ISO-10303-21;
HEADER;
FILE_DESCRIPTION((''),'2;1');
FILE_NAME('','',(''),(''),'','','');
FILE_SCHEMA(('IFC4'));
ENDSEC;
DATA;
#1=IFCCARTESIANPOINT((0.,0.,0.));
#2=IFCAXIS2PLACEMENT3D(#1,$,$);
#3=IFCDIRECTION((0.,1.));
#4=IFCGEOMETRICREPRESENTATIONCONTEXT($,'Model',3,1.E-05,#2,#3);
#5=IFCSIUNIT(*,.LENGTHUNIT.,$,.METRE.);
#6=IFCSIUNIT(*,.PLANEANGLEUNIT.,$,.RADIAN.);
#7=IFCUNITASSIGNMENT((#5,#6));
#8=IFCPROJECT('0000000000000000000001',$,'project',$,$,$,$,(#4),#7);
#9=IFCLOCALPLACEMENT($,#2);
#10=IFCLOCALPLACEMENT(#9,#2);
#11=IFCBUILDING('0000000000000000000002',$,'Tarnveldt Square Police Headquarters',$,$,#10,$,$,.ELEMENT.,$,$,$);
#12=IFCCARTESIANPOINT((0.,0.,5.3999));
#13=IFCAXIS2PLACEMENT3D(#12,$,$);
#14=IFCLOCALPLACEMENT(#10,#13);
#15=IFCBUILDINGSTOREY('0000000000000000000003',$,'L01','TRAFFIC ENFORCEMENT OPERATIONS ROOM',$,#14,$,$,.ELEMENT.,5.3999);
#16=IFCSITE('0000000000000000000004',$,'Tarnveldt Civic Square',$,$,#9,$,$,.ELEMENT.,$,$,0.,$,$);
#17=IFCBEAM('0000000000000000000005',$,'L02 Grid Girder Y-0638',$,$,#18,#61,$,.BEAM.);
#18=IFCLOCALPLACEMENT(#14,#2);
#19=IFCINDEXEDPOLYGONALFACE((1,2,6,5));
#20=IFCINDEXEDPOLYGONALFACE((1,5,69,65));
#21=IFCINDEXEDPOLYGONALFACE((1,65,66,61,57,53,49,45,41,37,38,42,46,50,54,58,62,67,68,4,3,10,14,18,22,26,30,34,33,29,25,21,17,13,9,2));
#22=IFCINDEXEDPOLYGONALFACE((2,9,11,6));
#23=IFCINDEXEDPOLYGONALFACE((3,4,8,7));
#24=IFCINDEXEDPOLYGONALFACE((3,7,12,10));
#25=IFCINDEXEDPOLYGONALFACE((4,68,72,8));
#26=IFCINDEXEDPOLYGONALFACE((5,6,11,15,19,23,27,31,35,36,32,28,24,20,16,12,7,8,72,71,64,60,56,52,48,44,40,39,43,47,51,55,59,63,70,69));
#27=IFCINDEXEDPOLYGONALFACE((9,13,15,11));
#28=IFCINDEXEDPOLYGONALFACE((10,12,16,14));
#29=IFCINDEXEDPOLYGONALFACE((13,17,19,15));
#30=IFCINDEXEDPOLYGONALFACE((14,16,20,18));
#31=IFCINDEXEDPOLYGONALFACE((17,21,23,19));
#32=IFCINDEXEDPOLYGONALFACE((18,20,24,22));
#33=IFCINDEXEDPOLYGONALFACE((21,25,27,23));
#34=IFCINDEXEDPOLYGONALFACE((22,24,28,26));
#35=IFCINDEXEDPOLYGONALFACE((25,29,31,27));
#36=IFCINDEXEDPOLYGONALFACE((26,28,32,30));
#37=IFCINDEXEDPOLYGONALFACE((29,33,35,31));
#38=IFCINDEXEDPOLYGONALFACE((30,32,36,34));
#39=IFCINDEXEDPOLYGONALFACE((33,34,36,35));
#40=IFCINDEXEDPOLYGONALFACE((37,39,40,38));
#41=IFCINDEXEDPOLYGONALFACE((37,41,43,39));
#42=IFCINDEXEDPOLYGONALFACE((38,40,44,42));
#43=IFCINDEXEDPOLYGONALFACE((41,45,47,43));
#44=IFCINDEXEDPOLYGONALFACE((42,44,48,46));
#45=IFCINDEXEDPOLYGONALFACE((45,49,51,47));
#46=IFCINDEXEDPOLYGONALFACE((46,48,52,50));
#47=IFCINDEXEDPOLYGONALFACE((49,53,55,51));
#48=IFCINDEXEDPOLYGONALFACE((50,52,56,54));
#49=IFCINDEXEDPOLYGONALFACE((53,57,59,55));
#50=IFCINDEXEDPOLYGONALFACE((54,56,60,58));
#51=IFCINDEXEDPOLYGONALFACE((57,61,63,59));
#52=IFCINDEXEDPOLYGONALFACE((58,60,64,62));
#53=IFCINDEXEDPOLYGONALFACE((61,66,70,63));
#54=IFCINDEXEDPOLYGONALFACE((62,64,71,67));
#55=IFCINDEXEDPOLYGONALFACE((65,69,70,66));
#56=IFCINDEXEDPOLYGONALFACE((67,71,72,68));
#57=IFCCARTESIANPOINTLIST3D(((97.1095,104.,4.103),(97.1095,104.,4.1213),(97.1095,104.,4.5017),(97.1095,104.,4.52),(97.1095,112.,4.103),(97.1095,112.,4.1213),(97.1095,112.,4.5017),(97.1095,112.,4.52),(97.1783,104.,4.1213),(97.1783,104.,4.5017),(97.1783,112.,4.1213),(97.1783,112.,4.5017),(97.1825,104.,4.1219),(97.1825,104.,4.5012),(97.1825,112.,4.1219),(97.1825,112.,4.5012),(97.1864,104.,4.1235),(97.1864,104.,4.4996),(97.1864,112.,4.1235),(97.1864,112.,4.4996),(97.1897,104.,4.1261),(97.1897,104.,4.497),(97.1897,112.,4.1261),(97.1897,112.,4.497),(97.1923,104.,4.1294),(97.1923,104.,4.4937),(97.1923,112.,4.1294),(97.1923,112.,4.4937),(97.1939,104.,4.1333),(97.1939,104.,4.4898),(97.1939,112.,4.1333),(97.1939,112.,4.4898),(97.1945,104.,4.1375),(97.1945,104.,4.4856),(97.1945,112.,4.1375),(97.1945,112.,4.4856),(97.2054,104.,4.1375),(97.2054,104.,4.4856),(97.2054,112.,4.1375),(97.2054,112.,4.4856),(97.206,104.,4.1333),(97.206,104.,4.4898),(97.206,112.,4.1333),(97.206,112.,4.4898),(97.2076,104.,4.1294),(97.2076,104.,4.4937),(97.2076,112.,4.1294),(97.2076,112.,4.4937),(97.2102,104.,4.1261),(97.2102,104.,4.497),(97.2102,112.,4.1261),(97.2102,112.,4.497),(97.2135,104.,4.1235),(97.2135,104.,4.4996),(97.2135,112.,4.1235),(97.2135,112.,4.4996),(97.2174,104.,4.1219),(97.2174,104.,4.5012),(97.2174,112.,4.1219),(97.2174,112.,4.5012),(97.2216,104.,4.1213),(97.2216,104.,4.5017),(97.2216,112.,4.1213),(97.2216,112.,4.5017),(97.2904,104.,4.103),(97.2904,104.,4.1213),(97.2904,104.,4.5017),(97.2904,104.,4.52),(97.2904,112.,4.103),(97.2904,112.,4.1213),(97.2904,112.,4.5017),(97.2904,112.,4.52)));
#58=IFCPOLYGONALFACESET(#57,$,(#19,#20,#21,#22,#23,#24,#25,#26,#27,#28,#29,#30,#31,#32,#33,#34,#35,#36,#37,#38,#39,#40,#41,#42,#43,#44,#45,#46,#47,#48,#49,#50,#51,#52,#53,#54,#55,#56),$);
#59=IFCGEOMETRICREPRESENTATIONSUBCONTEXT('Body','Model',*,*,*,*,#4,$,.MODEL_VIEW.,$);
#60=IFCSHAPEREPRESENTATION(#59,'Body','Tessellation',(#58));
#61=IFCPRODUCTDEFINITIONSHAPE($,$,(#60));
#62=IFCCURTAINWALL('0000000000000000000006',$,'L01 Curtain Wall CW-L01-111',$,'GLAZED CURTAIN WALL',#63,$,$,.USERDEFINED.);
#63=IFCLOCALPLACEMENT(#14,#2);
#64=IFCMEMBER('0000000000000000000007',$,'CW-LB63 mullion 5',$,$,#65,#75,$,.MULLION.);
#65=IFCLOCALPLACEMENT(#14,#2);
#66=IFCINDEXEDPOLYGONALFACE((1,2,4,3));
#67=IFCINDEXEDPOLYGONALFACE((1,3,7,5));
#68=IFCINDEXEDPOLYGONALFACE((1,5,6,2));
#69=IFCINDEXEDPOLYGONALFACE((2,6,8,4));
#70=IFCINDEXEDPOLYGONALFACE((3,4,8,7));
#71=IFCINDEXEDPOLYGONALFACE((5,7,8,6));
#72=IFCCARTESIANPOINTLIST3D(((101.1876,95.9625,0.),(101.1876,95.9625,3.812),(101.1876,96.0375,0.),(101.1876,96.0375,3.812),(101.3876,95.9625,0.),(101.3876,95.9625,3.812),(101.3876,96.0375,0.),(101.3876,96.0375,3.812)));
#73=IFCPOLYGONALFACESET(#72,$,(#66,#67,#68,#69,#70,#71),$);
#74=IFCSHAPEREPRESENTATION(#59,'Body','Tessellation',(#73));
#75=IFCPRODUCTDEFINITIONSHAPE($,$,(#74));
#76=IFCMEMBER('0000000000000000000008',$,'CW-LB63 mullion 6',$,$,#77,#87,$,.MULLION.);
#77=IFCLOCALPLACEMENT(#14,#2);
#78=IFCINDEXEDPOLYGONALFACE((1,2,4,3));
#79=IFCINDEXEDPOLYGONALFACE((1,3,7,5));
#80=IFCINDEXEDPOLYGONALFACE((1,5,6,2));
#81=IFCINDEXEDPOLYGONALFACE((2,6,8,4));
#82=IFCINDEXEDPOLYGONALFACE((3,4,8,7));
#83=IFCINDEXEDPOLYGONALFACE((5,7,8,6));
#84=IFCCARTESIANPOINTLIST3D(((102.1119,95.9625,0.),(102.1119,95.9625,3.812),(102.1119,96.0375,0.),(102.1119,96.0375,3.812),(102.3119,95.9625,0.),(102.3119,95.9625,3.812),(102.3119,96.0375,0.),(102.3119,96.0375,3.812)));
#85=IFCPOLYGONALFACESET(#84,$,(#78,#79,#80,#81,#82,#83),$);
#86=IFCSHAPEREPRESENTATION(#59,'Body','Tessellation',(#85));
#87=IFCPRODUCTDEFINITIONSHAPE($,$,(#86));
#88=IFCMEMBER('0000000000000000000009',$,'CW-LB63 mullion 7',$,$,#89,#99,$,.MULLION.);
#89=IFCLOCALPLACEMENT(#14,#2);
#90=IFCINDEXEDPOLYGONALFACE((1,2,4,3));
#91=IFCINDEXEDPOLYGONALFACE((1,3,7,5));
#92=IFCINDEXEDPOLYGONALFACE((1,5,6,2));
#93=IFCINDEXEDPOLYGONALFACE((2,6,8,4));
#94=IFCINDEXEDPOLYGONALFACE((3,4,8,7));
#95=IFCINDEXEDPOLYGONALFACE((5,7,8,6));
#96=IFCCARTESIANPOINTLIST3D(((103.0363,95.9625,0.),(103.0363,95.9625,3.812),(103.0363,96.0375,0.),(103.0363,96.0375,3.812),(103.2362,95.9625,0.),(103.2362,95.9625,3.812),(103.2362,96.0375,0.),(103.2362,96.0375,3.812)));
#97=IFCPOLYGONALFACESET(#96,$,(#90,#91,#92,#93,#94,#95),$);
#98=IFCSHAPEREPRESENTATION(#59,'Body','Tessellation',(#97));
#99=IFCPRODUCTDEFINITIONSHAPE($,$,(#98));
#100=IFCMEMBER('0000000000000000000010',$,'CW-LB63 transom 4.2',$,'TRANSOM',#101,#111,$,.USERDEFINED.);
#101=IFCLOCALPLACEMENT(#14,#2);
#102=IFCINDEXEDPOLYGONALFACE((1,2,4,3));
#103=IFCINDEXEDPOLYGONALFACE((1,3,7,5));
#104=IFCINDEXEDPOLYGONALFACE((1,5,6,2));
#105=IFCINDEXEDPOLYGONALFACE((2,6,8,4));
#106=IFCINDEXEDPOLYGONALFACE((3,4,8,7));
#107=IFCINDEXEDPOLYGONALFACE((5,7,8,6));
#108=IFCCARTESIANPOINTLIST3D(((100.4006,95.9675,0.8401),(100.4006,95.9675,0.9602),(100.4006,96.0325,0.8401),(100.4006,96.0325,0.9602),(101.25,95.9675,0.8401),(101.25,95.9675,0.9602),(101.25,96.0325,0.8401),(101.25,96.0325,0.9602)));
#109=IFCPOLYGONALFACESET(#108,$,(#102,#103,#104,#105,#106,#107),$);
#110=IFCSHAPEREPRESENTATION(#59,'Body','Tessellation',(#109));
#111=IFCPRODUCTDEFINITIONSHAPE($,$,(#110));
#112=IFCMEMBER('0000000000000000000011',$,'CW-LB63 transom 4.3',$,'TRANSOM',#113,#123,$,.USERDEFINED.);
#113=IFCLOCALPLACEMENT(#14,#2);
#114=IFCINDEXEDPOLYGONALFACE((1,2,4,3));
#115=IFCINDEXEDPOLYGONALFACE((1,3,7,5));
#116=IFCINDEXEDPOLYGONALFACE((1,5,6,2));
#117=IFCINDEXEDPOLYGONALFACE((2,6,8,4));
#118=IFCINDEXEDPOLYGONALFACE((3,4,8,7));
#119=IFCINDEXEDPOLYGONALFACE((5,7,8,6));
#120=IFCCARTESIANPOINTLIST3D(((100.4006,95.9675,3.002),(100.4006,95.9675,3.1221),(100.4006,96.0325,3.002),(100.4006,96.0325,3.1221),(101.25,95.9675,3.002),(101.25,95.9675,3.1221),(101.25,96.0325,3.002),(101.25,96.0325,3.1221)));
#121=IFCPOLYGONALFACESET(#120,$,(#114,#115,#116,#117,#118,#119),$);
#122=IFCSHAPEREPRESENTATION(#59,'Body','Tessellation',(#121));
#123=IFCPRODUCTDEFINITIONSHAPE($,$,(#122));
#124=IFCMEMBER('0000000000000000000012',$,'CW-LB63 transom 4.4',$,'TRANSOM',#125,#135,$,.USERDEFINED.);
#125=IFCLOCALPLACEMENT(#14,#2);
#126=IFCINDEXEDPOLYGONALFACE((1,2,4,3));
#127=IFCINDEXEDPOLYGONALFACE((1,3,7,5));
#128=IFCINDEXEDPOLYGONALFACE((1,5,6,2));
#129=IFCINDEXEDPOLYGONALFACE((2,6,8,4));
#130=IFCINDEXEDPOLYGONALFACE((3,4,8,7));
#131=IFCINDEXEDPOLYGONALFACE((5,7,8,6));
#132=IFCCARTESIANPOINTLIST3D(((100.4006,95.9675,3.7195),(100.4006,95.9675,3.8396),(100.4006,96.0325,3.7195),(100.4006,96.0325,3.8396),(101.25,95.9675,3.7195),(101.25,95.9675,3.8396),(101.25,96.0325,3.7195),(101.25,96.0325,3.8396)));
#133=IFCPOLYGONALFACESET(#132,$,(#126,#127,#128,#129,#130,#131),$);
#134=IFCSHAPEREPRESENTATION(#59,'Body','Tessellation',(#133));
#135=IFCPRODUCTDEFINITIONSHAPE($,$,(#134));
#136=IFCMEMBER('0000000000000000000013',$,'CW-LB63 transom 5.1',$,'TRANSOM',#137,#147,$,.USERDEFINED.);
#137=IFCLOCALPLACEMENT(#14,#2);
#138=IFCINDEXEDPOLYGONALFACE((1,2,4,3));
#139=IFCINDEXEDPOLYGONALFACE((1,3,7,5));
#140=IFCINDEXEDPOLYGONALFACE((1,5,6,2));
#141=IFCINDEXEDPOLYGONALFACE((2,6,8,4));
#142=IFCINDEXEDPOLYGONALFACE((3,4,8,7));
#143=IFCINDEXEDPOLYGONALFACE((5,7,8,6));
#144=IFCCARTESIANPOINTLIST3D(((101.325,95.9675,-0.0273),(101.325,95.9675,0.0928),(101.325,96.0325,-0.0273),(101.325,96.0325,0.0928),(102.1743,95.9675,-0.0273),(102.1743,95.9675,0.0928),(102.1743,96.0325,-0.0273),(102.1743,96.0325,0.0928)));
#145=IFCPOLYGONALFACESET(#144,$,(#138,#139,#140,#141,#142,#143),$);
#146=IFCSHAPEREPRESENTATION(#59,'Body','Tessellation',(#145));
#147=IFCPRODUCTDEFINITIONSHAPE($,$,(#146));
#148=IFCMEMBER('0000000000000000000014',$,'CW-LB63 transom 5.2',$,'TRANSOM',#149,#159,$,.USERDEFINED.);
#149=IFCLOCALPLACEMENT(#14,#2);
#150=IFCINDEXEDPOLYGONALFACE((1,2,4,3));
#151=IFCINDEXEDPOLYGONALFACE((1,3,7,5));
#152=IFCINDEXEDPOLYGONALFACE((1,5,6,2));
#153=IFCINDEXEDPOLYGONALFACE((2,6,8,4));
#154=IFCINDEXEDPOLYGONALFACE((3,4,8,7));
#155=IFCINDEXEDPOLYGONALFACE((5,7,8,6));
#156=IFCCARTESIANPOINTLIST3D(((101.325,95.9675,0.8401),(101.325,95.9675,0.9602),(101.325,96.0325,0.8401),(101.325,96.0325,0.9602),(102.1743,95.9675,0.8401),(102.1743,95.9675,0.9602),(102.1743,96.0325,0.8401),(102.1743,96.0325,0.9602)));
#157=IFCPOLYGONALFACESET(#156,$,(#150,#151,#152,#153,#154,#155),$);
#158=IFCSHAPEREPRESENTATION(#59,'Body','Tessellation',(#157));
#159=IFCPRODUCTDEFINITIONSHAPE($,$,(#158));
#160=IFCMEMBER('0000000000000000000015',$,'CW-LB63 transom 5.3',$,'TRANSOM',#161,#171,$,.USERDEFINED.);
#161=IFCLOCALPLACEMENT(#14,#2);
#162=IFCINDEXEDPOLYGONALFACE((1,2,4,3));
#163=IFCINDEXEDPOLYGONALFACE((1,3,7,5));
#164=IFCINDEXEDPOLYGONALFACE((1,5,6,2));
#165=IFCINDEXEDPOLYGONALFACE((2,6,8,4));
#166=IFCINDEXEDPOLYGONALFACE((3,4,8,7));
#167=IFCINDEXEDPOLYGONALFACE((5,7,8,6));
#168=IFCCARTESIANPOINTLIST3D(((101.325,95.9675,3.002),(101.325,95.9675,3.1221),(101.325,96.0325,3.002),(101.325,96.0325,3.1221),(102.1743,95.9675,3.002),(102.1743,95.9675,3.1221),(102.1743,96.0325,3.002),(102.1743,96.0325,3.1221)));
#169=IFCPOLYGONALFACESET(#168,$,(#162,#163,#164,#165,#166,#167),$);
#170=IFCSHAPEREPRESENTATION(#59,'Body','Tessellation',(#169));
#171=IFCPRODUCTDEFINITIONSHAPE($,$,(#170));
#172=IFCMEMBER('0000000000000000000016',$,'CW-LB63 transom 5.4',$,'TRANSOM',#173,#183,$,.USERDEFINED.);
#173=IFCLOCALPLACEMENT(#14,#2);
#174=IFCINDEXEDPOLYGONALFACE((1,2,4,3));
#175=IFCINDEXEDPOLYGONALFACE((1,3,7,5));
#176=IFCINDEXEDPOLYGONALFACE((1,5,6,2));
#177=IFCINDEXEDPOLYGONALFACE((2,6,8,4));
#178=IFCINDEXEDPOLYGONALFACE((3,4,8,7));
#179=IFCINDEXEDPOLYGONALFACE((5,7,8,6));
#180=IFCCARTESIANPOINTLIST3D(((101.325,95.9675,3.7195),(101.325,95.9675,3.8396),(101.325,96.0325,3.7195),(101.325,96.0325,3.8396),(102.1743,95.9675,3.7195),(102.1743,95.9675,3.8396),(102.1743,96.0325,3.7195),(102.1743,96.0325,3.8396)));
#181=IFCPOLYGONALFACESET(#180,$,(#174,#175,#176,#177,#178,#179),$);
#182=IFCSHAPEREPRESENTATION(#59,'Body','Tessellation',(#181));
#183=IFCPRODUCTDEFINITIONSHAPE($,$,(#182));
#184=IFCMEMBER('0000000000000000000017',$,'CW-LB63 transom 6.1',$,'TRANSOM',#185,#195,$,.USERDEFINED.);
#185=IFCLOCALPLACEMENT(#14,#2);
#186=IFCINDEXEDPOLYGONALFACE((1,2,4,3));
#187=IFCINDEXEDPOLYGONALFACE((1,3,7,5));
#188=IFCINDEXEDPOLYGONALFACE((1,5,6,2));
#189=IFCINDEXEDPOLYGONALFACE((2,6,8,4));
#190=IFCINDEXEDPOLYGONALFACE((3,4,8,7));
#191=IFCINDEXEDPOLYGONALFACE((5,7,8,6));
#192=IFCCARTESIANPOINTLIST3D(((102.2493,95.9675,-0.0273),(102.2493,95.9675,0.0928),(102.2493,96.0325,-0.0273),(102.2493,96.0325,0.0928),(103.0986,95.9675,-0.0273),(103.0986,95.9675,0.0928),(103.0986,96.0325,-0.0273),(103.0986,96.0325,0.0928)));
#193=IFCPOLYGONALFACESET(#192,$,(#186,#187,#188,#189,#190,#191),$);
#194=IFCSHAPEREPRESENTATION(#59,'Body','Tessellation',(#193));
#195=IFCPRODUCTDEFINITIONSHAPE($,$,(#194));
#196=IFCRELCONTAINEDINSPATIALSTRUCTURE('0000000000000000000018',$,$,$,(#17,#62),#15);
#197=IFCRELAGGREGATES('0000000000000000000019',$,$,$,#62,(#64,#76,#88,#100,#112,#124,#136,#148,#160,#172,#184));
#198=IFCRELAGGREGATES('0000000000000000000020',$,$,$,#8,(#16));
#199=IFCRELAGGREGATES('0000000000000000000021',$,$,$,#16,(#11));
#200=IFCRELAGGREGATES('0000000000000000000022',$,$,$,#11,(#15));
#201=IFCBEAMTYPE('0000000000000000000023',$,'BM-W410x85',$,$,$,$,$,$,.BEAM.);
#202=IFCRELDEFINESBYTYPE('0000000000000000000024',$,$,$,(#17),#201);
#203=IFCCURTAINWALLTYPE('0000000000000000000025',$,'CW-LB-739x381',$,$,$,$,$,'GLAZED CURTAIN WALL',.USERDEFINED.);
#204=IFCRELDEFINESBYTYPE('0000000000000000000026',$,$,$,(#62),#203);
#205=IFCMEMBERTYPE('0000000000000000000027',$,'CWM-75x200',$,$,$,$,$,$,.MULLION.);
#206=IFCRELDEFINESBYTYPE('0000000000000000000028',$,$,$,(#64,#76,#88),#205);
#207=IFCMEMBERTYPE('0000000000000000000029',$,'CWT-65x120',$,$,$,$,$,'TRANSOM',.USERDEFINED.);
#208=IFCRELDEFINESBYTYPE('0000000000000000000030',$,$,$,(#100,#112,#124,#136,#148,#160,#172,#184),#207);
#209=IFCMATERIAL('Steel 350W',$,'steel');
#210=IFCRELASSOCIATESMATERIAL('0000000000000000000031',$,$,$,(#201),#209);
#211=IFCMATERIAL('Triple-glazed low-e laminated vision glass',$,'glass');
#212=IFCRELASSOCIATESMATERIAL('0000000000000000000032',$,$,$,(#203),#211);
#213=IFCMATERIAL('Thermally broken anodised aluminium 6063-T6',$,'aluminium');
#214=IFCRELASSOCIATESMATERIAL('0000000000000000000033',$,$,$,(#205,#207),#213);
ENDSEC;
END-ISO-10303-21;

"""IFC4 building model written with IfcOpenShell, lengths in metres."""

from ifc_helpers import new_model, si_unit, direction, frame, origin, origin_2d, place, context, subcontext, project, spatial, rectangle, i_section, extrude, material, material_profile, profile_set, type_object, element, aggregate, save


model = new_model("IFC4")

# Units and contexts
model_context = context("Model", 3, precision=1e-05, world=origin(), true_north=direction((0.0, 1.0)))
body_context = subcontext(model_context, "Body", "Model", "MODEL_VIEW")
ifc_project = project(units=[si_unit("LENGTHUNIT", "METRE"), si_unit("PLANEANGLEUNIT", "RADIAN")], contexts=[model_context])

# Site, building, storey
site_placement = place(None, origin())
site = spatial("IfcSite", under=ifc_project, at=site_placement, Name="Tarnveldt Civic Square", CompositionType="ELEMENT", RefElevation=0.0)
building_placement = place(site_placement, origin())
building = spatial("IfcBuilding", under=site, at=building_placement, Name="Tarnveldt Square Police Headquarters", CompositionType="ELEMENT")
storey_placement = place(building_placement, frame((0.0, 0.0, 5.3999)))
storey = spatial("IfcBuildingStorey", under=building, at=storey_placement, Name="L01", Description="TRAFFIC ENFORCEMENT OPERATIONS ROOM", CompositionType="ELEMENT", Elevation=5.3999)

# Beam
ifc_material_1 = material(Name="Steel 350W", Category="steel")
ifc_material_profile_1 = material_profile(ifc_material_1, i_section(OverallWidth=0.1809, OverallDepth=0.417, WebThickness=0.011, FlangeThickness=0.0183, FilletRadius=0.0161, at=origin_2d()), Name="W410x85")
ifc_profile_set_1 = profile_set([ifc_material_profile_1], Name="Steel 350W")
beam_type_1 = type_object("IfcBeamType", Name="BM-W410x85", PredefinedType="BEAM", material=ifc_profile_set_1)
beam_1_placement = place(storey_placement, frame((97.2, 104.0, 4.3115), z_axis=(0.0, 1.0, 0.0), x_axis=(-1.0, 0.0, 0.0)))
element("IfcBeam", 1, at=beam_1_placement, inside=storey, type_object=beam_type_1, Name="L02 Grid Girder Y-0638", PredefinedType="BEAM", context=body_context, shape_type="SweptSolid", body=[
    extrude(i_section(OverallWidth=0.1809, OverallDepth=0.417, WebThickness=0.011, FlangeThickness=0.0183, FilletRadius=0.0161, at=origin_2d()), origin(), (0.0, 0.0, 1.0), 8.0),
])

# Curtain wall, members
ifc_material_2 = material(Name="Triple-glazed low-e laminated vision glass", Category="glass")
curtain_wall_type = type_object("IfcCurtainWallType", Name="CW-LB-739x381", ElementType="GLAZED CURTAIN WALL", PredefinedType="USERDEFINED", material=ifc_material_2)
curtain_wall_placement = place(storey_placement, origin())
curtain_wall = element("IfcCurtainWall", 2, at=curtain_wall_placement, inside=storey, type_object=curtain_wall_type, Name="L01 Curtain Wall CW-L01-111", ObjectType="GLAZED CURTAIN WALL", PredefinedType="USERDEFINED")
ifc_material_3 = material(Name="Thermally broken anodised aluminium 6063-T6", Category="aluminium")
ifc_material_profile_2 = material_profile(ifc_material_3, rectangle(XDim=0.075, YDim=0.2, at=origin_2d()), Name="CW-M75x200")
ifc_profile_set_2 = profile_set([ifc_material_profile_2], Name="Thermally broken anodised aluminium 6063-T6")
member_type_1 = type_object("IfcMemberType", Name="CWM-75x200", PredefinedType="MULLION", material=ifc_profile_set_2)
member_1_placement = place(storey_placement, frame((101.2876, 96.0, 0.0), z_axis=(0.0, 0.0, 1.0), x_axis=(0.0, 1.0, 0.0)))
member_1 = element("IfcMember", 3, at=member_1_placement, type_object=member_type_1, Name="CW-LB63 mullion 5", PredefinedType="MULLION", context=body_context, shape_type="SweptSolid", body=[
    extrude(rectangle(XDim=0.075, YDim=0.2, at=origin_2d()), origin(), (0.0, 0.0, 1.0), 3.812),
])
member_2_placement = place(storey_placement, frame((102.2119, 96.0, 0.0), z_axis=(0.0, 0.0, 1.0), x_axis=(0.0, 1.0, 0.0)))
member_2 = element("IfcMember", 4, at=member_2_placement, type_object=member_type_1, Name="CW-LB63 mullion 6", PredefinedType="MULLION", context=body_context, shape_type="SweptSolid", body=[
    extrude(rectangle(XDim=0.075, YDim=0.2, at=origin_2d()), origin(), (0.0, 0.0, 1.0), 3.812),
])
member_3_placement = place(storey_placement, frame((103.1362, 96.0, 0.0), z_axis=(0.0, 0.0, 1.0), x_axis=(0.0, 1.0, 0.0)))
member_3 = element("IfcMember", 5, at=member_3_placement, type_object=member_type_1, Name="CW-LB63 mullion 7", PredefinedType="MULLION", context=body_context, shape_type="SweptSolid", body=[
    extrude(rectangle(XDim=0.075, YDim=0.2, at=origin_2d()), origin(), (0.0, 0.0, 1.0), 3.812),
])
ifc_material_profile_3 = material_profile(ifc_material_3, rectangle(XDim=0.0649, YDim=0.1201, at=origin_2d()), Name="CW-T65x120")
ifc_profile_set_3 = profile_set([ifc_material_profile_3], Name="Thermally broken anodised aluminium 6063-T6")
member_type_2 = type_object("IfcMemberType", Name="CWT-65x120", ElementType="TRANSOM", PredefinedType="USERDEFINED", material=ifc_profile_set_3)
member_4_placement = place(storey_placement, frame((100.4006, 96.0, 0.9001), z_axis=(1.0, 0.0, 0.0), x_axis=(0.0, 1.0, 0.0)))
member_4 = element("IfcMember", 6, at=member_4_placement, type_object=member_type_2, Name="CW-LB63 transom 4.2", ObjectType="TRANSOM", PredefinedType="USERDEFINED", context=body_context, shape_type="SweptSolid", body=[
    extrude(rectangle(XDim=0.0649, YDim=0.1201, at=origin_2d()), origin(), (0.0, 0.0, 1.0), 0.8494),
])
member_5_placement = place(storey_placement, frame((100.4006, 96.0, 3.062), z_axis=(1.0, 0.0, 0.0), x_axis=(0.0, 1.0, 0.0)))
member_5 = element("IfcMember", 7, at=member_5_placement, type_object=member_type_2, Name="CW-LB63 transom 4.3", ObjectType="TRANSOM", PredefinedType="USERDEFINED", context=body_context, shape_type="SweptSolid", body=[
    extrude(rectangle(XDim=0.0649, YDim=0.1201, at=origin_2d()), origin(), (0.0, 0.0, 1.0), 0.8494),
])
member_6_placement = place(storey_placement, frame((100.4006, 96.0, 3.7795), z_axis=(1.0, 0.0, 0.0), x_axis=(0.0, 1.0, 0.0)))
member_6 = element("IfcMember", 8, at=member_6_placement, type_object=member_type_2, Name="CW-LB63 transom 4.4", ObjectType="TRANSOM", PredefinedType="USERDEFINED", context=body_context, shape_type="SweptSolid", body=[
    extrude(rectangle(XDim=0.0649, YDim=0.1201, at=origin_2d()), origin(), (0.0, 0.0, 1.0), 0.8494),
])
member_7_placement = place(storey_placement, frame((101.325, 96.0, 0.0327), z_axis=(1.0, 0.0, 0.0), x_axis=(0.0, 1.0, 0.0)))
member_7 = element("IfcMember", 9, at=member_7_placement, type_object=member_type_2, Name="CW-LB63 transom 5.1", ObjectType="TRANSOM", PredefinedType="USERDEFINED", context=body_context, shape_type="SweptSolid", body=[
    extrude(rectangle(XDim=0.0649, YDim=0.1201, at=origin_2d()), origin(), (0.0, 0.0, 1.0), 0.8494),
])
member_8_placement = place(storey_placement, frame((101.325, 96.0, 0.9001), z_axis=(1.0, 0.0, 0.0), x_axis=(0.0, 1.0, 0.0)))
member_8 = element("IfcMember", 10, at=member_8_placement, type_object=member_type_2, Name="CW-LB63 transom 5.2", ObjectType="TRANSOM", PredefinedType="USERDEFINED", context=body_context, shape_type="SweptSolid", body=[
    extrude(rectangle(XDim=0.0649, YDim=0.1201, at=origin_2d()), origin(), (0.0, 0.0, 1.0), 0.8494),
])
member_9_placement = place(storey_placement, frame((101.325, 96.0, 3.062), z_axis=(1.0, 0.0, 0.0), x_axis=(0.0, 1.0, 0.0)))
member_9 = element("IfcMember", 11, at=member_9_placement, type_object=member_type_2, Name="CW-LB63 transom 5.3", ObjectType="TRANSOM", PredefinedType="USERDEFINED", context=body_context, shape_type="SweptSolid", body=[
    extrude(rectangle(XDim=0.0649, YDim=0.1201, at=origin_2d()), origin(), (0.0, 0.0, 1.0), 0.8494),
])
member_10_placement = place(storey_placement, frame((101.325, 96.0, 3.7795), z_axis=(1.0, 0.0, 0.0), x_axis=(0.0, 1.0, 0.0)))
member_10 = element("IfcMember", 12, at=member_10_placement, type_object=member_type_2, Name="CW-LB63 transom 5.4", ObjectType="TRANSOM", PredefinedType="USERDEFINED", context=body_context, shape_type="SweptSolid", body=[
    extrude(rectangle(XDim=0.0649, YDim=0.1201, at=origin_2d()), origin(), (0.0, 0.0, 1.0), 0.8494),
])
member_11_placement = place(storey_placement, frame((102.2493, 96.0, 0.0327), z_axis=(1.0, 0.0, 0.0), x_axis=(0.0, 1.0, 0.0)))
member_11 = element("IfcMember", 13, at=member_11_placement, type_object=member_type_2, Name="CW-LB63 transom 6.1", ObjectType="TRANSOM", PredefinedType="USERDEFINED", context=body_context, shape_type="SweptSolid", body=[
    extrude(rectangle(XDim=0.0649, YDim=0.1201, at=origin_2d()), origin(), (0.0, 0.0, 1.0), 0.8494),
])
aggregate(curtain_wall, [member_1, member_2, member_3, member_4, member_5, member_6, member_7, member_8, member_9, member_10, member_11])

save(model, "model.ifc")
